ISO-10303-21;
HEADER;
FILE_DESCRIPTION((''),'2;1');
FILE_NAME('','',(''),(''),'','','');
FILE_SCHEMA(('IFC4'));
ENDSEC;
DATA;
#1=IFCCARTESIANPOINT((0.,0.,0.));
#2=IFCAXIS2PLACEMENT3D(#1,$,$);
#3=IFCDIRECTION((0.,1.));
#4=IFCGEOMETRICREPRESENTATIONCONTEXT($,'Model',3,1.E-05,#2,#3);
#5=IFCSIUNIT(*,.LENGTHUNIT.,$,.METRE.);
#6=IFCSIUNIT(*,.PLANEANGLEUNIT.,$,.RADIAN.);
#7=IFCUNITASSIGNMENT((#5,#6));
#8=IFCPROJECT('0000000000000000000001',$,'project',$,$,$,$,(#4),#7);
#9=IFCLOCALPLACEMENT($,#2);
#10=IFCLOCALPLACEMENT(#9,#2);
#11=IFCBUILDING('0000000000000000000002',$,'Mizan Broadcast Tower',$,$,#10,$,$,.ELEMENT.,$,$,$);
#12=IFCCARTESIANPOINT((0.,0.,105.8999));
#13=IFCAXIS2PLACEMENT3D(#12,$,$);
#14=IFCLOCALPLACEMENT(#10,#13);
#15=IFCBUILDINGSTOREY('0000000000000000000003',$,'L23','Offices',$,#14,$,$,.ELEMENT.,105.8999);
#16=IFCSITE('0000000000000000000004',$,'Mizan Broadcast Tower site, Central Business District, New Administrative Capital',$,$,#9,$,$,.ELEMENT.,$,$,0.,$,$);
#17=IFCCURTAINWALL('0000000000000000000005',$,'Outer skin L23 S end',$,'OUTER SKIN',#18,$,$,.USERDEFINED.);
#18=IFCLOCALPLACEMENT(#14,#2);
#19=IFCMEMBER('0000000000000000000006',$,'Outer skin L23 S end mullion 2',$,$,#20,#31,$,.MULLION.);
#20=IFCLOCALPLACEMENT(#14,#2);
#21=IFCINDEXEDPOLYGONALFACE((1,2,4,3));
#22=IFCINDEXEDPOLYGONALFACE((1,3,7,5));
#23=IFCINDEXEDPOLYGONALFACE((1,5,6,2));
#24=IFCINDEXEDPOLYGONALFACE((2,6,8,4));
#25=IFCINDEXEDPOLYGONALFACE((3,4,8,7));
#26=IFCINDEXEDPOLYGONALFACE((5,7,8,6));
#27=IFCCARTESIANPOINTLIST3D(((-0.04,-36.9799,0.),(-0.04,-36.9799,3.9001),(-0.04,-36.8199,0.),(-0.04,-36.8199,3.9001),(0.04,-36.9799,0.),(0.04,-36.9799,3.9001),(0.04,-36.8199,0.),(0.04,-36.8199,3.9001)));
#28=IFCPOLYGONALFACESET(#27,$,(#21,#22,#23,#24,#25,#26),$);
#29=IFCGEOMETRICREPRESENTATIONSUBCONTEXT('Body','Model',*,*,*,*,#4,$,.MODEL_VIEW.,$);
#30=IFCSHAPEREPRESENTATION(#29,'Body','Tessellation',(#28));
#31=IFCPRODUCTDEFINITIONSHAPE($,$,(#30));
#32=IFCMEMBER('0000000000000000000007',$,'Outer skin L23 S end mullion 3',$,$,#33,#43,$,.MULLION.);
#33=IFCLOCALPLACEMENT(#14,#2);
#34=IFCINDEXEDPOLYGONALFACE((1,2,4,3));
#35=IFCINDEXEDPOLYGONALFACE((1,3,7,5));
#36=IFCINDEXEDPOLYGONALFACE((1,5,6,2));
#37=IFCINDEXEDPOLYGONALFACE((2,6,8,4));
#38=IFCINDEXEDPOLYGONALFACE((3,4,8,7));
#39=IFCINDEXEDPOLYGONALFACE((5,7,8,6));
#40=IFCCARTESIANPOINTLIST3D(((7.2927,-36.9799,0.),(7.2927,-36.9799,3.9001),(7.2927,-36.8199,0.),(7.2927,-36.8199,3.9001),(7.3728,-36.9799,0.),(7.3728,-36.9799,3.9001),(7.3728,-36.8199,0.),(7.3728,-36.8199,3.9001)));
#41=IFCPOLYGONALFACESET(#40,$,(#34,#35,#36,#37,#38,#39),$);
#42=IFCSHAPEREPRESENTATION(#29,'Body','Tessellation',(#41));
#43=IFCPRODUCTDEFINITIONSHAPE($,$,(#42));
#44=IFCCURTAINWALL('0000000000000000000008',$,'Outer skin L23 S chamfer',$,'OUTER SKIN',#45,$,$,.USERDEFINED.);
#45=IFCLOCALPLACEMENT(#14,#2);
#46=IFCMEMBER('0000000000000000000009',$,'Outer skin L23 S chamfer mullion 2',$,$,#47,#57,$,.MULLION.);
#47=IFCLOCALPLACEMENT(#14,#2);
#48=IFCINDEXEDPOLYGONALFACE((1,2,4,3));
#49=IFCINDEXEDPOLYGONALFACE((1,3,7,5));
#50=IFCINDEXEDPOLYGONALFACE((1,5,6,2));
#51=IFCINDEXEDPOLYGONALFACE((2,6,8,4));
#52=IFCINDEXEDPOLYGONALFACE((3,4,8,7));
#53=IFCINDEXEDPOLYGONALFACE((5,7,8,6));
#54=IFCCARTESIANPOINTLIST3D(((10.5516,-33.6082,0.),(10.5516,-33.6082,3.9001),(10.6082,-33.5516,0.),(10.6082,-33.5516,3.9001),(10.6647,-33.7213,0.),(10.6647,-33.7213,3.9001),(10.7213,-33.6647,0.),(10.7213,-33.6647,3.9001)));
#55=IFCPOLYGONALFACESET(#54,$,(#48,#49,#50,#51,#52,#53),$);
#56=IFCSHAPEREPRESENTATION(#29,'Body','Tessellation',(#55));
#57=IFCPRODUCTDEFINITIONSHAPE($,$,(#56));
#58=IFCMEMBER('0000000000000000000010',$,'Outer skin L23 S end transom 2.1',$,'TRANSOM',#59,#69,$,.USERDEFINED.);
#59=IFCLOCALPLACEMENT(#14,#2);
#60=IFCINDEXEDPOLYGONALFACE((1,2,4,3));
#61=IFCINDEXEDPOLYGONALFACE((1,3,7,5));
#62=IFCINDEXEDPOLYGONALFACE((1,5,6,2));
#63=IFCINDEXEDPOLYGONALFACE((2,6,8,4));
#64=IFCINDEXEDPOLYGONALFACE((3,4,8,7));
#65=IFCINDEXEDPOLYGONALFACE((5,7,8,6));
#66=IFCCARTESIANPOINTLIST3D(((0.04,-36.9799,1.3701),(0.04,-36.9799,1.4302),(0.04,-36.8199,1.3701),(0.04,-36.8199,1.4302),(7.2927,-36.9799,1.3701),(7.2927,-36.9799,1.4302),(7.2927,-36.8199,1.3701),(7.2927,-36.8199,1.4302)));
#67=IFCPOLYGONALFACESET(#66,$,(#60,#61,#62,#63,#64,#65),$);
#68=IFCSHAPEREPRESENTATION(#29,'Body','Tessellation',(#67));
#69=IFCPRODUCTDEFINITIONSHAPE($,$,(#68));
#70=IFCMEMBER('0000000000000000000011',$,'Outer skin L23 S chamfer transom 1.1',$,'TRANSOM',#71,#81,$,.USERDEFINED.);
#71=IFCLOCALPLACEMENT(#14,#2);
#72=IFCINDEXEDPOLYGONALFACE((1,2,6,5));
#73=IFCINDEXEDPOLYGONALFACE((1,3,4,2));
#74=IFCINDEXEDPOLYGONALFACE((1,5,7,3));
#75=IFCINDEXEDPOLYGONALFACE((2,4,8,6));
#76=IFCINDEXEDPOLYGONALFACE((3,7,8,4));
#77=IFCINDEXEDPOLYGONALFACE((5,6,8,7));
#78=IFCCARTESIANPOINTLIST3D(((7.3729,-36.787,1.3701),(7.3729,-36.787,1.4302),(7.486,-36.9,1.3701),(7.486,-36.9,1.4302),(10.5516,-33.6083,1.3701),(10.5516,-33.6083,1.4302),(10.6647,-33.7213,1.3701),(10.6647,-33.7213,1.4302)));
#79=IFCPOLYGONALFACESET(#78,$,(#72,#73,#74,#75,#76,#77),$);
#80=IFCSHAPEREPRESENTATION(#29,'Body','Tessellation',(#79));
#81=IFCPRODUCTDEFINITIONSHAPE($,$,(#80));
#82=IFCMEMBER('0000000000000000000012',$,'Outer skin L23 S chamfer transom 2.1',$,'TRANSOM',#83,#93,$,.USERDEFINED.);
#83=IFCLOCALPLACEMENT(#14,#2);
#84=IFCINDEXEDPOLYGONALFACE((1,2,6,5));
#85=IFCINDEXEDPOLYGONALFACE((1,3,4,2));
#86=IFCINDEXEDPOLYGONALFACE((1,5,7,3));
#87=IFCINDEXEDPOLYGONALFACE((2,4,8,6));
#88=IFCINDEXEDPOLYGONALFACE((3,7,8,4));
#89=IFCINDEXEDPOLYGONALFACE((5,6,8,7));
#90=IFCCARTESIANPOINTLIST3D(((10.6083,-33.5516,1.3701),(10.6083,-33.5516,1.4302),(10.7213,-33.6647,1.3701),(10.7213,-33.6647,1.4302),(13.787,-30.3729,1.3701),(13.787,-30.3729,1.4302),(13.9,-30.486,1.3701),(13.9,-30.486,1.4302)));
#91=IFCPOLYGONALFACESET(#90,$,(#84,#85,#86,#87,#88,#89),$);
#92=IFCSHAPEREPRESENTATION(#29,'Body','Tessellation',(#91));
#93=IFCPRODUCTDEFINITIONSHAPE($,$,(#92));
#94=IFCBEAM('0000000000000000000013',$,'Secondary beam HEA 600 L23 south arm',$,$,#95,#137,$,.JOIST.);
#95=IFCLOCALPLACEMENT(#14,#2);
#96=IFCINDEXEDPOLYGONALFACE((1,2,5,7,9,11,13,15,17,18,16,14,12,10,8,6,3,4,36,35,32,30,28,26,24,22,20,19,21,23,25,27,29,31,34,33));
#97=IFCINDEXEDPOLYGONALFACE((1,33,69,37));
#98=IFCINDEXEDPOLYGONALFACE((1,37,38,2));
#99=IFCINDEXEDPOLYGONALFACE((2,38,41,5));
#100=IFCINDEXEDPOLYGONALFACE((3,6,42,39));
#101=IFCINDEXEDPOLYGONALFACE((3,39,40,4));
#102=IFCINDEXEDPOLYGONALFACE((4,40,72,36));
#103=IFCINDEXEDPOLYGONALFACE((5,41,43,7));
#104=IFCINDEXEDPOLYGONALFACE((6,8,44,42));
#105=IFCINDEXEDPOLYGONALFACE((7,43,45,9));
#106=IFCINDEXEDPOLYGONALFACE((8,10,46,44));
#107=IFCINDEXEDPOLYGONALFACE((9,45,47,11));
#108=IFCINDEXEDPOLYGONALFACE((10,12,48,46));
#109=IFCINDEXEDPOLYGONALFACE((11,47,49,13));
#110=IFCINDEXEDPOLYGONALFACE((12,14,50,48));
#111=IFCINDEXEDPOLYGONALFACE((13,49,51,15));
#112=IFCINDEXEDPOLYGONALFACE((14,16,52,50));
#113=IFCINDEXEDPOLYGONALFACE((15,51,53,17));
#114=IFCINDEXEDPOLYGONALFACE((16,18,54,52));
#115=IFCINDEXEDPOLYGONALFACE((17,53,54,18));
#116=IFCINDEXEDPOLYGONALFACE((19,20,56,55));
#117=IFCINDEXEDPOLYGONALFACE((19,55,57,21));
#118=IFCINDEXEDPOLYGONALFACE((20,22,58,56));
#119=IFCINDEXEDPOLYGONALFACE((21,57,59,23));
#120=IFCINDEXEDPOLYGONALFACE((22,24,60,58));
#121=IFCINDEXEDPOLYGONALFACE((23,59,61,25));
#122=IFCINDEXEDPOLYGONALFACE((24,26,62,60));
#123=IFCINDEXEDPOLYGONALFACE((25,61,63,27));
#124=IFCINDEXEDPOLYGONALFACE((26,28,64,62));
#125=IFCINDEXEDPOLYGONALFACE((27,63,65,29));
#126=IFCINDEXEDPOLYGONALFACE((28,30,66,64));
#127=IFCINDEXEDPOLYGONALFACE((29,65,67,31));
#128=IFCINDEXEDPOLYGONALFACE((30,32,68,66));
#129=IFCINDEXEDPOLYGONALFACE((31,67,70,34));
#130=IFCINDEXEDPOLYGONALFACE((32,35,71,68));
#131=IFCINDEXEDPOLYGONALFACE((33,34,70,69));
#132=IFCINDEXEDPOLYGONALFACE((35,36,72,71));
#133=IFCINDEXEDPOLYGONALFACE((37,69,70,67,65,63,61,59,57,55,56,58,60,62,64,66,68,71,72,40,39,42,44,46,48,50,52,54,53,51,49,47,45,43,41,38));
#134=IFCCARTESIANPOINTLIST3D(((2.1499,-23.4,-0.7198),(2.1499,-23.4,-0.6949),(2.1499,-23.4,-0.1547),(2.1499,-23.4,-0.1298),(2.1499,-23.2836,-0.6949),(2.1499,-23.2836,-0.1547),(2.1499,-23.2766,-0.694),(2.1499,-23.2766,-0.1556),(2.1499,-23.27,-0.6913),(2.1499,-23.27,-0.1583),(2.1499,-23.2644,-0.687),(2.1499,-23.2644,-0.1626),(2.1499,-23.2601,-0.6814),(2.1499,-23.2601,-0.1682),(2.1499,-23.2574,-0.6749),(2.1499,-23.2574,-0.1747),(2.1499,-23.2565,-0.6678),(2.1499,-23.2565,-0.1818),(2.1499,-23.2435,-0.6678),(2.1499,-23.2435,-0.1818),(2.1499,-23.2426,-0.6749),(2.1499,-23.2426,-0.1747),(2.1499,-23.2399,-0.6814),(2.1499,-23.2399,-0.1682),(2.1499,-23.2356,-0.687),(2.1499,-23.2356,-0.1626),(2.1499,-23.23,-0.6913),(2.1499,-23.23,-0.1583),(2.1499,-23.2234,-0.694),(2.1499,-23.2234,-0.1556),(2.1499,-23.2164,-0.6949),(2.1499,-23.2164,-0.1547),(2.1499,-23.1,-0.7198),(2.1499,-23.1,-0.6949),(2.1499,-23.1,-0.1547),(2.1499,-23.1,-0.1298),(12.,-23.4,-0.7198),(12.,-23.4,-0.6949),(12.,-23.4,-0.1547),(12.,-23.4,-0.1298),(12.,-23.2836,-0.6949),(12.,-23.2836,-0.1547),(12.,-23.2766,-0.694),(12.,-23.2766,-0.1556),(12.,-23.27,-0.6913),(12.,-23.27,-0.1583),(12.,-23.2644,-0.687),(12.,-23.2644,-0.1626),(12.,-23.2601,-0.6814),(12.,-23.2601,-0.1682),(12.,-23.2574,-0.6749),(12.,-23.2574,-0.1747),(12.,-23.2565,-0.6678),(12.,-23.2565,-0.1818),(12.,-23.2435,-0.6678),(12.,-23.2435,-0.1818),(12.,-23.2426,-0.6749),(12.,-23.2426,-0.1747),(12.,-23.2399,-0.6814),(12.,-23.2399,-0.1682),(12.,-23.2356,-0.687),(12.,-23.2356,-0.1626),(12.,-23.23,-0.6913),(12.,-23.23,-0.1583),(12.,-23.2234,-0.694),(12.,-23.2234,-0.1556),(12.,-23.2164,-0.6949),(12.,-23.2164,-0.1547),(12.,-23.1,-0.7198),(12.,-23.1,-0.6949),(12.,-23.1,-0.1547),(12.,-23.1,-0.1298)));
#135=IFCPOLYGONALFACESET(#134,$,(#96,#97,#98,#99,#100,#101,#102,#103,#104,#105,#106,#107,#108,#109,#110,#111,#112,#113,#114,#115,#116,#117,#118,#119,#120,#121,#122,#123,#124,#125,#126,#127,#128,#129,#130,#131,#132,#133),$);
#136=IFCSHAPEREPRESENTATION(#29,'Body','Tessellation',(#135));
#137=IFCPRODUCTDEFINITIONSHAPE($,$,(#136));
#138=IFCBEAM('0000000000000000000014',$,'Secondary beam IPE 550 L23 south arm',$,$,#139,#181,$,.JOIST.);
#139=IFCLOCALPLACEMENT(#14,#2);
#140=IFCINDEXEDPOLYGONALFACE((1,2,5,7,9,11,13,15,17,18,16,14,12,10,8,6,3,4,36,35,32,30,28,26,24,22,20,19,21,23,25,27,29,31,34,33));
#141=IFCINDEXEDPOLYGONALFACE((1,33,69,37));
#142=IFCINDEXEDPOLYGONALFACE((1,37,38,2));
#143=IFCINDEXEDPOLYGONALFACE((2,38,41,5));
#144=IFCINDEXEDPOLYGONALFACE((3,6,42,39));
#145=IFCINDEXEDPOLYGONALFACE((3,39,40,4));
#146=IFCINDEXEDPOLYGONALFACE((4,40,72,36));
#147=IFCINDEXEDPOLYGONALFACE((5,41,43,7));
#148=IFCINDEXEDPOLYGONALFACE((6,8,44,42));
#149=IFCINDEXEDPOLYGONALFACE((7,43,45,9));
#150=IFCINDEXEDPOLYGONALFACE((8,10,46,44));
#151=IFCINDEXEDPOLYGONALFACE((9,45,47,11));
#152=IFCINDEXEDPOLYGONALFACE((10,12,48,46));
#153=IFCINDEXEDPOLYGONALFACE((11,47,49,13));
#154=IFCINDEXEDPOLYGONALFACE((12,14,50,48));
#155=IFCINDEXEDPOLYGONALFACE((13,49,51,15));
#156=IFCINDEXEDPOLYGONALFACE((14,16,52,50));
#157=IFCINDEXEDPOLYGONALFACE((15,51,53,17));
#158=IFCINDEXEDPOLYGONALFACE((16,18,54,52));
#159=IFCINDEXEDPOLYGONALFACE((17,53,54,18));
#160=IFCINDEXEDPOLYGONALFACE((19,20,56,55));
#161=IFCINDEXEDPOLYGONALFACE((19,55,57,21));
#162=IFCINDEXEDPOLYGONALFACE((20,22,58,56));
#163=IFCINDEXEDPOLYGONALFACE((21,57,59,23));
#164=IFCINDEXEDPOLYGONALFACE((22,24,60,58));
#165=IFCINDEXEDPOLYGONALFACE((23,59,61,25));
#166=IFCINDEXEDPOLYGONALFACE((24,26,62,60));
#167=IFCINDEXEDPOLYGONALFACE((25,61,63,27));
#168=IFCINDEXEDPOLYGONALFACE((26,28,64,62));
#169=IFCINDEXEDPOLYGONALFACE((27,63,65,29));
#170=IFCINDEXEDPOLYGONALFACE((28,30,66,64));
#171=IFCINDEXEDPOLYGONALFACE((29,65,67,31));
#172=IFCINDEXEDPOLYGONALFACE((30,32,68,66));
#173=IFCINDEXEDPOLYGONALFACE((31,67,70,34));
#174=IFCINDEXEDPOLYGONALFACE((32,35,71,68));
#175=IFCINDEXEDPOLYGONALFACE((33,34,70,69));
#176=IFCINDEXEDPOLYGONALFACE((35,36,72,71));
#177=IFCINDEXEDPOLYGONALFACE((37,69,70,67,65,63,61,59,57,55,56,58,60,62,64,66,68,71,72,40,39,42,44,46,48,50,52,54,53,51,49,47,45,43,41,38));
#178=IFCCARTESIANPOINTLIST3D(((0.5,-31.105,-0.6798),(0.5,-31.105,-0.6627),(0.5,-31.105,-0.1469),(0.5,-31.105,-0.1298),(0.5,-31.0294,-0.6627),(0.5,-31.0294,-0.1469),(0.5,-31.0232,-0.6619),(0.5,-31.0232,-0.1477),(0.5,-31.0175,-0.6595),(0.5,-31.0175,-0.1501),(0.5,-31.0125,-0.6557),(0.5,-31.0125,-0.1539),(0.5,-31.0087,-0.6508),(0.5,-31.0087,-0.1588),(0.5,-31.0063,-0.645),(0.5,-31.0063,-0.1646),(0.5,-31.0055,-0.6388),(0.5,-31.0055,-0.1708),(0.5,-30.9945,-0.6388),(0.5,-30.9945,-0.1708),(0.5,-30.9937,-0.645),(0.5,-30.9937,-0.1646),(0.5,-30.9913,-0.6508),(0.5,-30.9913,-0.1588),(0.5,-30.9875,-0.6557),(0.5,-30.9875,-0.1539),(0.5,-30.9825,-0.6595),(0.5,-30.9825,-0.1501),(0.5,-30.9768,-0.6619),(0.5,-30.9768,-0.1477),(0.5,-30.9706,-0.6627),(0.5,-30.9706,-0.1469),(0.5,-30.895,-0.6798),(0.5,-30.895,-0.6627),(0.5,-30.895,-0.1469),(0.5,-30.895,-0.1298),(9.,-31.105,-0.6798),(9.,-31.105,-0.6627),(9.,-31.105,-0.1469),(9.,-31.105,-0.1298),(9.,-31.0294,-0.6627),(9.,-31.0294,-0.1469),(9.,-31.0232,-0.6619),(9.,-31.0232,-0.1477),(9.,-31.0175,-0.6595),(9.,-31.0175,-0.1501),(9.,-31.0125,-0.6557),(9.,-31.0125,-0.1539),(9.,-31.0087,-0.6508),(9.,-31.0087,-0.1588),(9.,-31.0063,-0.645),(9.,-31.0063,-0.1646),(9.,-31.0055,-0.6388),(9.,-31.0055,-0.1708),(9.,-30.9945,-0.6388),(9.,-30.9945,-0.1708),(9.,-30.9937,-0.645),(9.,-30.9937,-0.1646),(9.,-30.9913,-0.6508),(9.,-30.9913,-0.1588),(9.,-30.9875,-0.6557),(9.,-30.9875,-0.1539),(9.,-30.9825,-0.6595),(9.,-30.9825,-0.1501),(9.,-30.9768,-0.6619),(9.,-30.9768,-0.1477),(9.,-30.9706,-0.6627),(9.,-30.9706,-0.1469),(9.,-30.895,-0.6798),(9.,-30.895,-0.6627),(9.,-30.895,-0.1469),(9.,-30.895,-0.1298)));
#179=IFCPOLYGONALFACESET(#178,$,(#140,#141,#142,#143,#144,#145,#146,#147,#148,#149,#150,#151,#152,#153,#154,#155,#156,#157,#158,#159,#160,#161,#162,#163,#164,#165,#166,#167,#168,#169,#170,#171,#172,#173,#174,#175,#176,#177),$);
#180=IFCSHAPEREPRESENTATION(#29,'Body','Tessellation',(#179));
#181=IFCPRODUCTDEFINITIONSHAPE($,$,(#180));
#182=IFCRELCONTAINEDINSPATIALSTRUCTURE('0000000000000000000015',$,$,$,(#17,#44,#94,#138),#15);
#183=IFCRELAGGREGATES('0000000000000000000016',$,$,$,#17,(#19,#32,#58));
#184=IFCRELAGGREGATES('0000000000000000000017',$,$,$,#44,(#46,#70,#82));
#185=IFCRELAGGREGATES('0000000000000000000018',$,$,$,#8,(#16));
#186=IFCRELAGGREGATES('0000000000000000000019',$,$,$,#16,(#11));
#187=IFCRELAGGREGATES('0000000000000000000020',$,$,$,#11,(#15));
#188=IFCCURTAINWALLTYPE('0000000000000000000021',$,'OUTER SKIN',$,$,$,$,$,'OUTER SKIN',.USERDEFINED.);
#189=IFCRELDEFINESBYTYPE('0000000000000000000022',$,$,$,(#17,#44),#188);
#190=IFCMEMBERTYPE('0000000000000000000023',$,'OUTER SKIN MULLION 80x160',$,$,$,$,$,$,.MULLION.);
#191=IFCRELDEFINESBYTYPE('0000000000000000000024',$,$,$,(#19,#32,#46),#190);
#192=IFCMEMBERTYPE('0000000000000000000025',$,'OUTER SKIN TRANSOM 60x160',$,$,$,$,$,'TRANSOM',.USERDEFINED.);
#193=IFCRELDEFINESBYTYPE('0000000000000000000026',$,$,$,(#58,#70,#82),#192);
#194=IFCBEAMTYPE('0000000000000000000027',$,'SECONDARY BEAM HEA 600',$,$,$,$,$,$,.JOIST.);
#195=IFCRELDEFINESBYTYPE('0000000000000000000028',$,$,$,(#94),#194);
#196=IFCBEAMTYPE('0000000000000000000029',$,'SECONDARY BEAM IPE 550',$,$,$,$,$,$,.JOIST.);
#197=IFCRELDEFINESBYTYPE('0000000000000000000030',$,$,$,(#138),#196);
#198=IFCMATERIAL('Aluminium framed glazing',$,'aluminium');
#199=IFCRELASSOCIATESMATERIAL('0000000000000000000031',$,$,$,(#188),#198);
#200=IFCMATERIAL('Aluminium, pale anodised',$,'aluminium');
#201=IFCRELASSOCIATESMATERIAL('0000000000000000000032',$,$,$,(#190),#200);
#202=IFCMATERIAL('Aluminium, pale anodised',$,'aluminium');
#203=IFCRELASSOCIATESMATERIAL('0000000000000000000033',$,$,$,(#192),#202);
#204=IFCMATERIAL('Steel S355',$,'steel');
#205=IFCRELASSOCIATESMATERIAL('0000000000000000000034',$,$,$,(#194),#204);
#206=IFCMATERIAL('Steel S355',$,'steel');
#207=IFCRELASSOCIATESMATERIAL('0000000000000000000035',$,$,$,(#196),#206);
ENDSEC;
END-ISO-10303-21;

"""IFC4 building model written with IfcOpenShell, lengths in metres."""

from ifc_helpers import new_model, si_unit, direction, frame, origin, origin_2d, place, context, subcontext, project, spatial, rectangle, i_section, extrude, material, material_profile, profile_set, type_object, element, aggregate, save


model = new_model("IFC4")

# Units and contexts
model_context = context("Model", 3, precision=1e-05, world=origin(), true_north=direction((0.0, 1.0)))
body_context = subcontext(model_context, "Body", "Model", "MODEL_VIEW")
ifc_project = project(units=[si_unit("LENGTHUNIT", "METRE"), si_unit("PLANEANGLEUNIT", "RADIAN")], contexts=[model_context])

# Site, building, storey
site_placement = place(None, origin())
site = spatial("IfcSite", under=ifc_project, at=site_placement, Name="Mizan Broadcast Tower site, Central Business District, New Administrative Capital", CompositionType="ELEMENT", RefElevation=0.0)
building_placement = place(site_placement, origin())
building = spatial("IfcBuilding", under=site, at=building_placement, Name="Mizan Broadcast Tower", CompositionType="ELEMENT")
storey_placement = place(building_placement, frame((0.0, 0.0, 105.8999)))
storey = spatial("IfcBuildingStorey", under=building, at=storey_placement, Name="L23", Description="Offices", CompositionType="ELEMENT", Elevation=105.8999)

# Curtain wall, members
ifc_material_1 = material(Name="Aluminium framed glazing", Category="aluminium")
curtain_wall_type_1 = type_object("IfcCurtainWallType", Name="OUTER SKIN", ElementType="OUTER SKIN", PredefinedType="USERDEFINED", material=ifc_material_1)
curtain_wall_1_placement = place(storey_placement, origin())
curtain_wall_1 = element("IfcCurtainWall", 1, at=curtain_wall_1_placement, inside=storey, type_object=curtain_wall_type_1, Name="Outer skin L23 S end", ObjectType="OUTER SKIN", PredefinedType="USERDEFINED")
ifc_material_2 = material(Name="Aluminium, pale anodised", Category="aluminium")
ifc_material_profile_1 = material_profile(ifc_material_2, rectangle(XDim=0.1599, YDim=0.0801, at=origin_2d()), Name="MULLION 160x80")
ifc_profile_set_1 = profile_set([ifc_material_profile_1], Name="Aluminium, pale anodised")
member_type_1 = type_object("IfcMemberType", Name="OUTER SKIN MULLION 80x160", PredefinedType="MULLION", material=ifc_profile_set_1)
member_1_placement = place(storey_placement, frame((0.0, -36.8999, 0.0), z_axis=(0.0, 0.0, 1.0), x_axis=(0.0, 1.0, 0.0)))
member_1 = element("IfcMember", 2, at=member_1_placement, type_object=member_type_1, Name="Outer skin L23 S end mullion 2", PredefinedType="MULLION", context=body_context, shape_type="SweptSolid", body=[
    extrude(rectangle(XDim=0.1599, YDim=0.0801, at=origin_2d()), origin(), (0.0, 0.0, 1.0), 3.9001),
])
member_2_placement = place(storey_placement, frame((7.3328, -36.8999, 0.0), z_axis=(0.0, 0.0, 1.0), x_axis=(0.0, 1.0, 0.0)))
member_2 = element("IfcMember", 3, at=member_2_placement, type_object=member_type_1, Name="Outer skin L23 S end mullion 3", PredefinedType="MULLION", context=body_context, shape_type="SweptSolid", body=[
    extrude(rectangle(XDim=0.1599, YDim=0.0801, at=origin_2d()), origin(), (0.0, 0.0, 1.0), 3.9001),
])

# Curtain wall, member
curtain_wall_2_placement = place(storey_placement, origin())
curtain_wall_2 = element("IfcCurtainWall", 4, at=curtain_wall_2_placement, inside=storey, type_object=curtain_wall_type_1, Name="Outer skin L23 S chamfer", ObjectType="OUTER SKIN", PredefinedType="USERDEFINED")
member_3_placement = place(storey_placement, frame((10.6365, -33.6365, 0.0), z_axis=(0.0, 0.0, 1.0), x_axis=(-0.707107, 0.707107, 0.0)))
member_3 = element("IfcMember", 5, at=member_3_placement, type_object=member_type_1, Name="Outer skin L23 S chamfer mullion 2", PredefinedType="MULLION", context=body_context, shape_type="SweptSolid", body=[
    extrude(rectangle(XDim=0.1599, YDim=0.0801, at=origin_2d()), origin(), (0.0, 0.0, 1.0), 3.9001),
])

# Members
ifc_material_3 = material(Name="Aluminium, pale anodised", Category="aluminium")
ifc_material_profile_2 = material_profile(ifc_material_3, rectangle(XDim=0.1599, YDim=0.0601, at=origin_2d()), Name="TRANSOM 160x60")
ifc_profile_set_2 = profile_set([ifc_material_profile_2], Name="Aluminium, pale anodised")
member_type_2 = type_object("IfcMemberType", Name="OUTER SKIN TRANSOM 60x160", ElementType="TRANSOM", PredefinedType="USERDEFINED", material=ifc_profile_set_2)
member_4_placement = place(storey_placement, frame((0.04, -36.8999, 1.4001), z_axis=(1.0, 0.0, 0.0), x_axis=(0.0, 1.0, 0.0)))
member_4 = element("IfcMember", 6, at=member_4_placement, type_object=member_type_2, Name="Outer skin L23 S end transom 2.1", ObjectType="TRANSOM", PredefinedType="USERDEFINED", context=body_context, shape_type="SweptSolid", body=[
    extrude(rectangle(XDim=0.1599, YDim=0.0601, at=origin_2d()), origin(), (0.0, 0.0, 1.0), 7.2527),
])
member_5_placement = place(storey_placement, frame((7.4294, -36.8435, 1.4001), z_axis=(0.707107, 0.707107, 0.0), x_axis=(-0.707107, 0.707107, 0.0)))
member_5 = element("IfcMember", 7, at=member_5_placement, type_object=member_type_2, Name="Outer skin L23 S chamfer transom 1.1", ObjectType="TRANSOM", PredefinedType="USERDEFINED", context=body_context, shape_type="SweptSolid", body=[
    extrude(rectangle(XDim=0.1599, YDim=0.0601, at=origin_2d()), origin(), (0.0, 0.0, 1.0), 4.4954),
])
member_6_placement = place(storey_placement, frame((10.6648, -33.6082, 1.4001), z_axis=(0.707107, 0.707107, 0.0), x_axis=(-0.707107, 0.707107, 0.0)))
member_6 = element("IfcMember", 8, at=member_6_placement, type_object=member_type_2, Name="Outer skin L23 S chamfer transom 2.1", ObjectType="TRANSOM", PredefinedType="USERDEFINED", context=body_context, shape_type="SweptSolid", body=[
    extrude(rectangle(XDim=0.1599, YDim=0.0601, at=origin_2d()), origin(), (0.0, 0.0, 1.0), 4.4954),
])

# Beams
ifc_material_4 = material(Name="Steel S355", Category="steel")
ifc_material_profile_3 = material_profile(ifc_material_4, i_section(OverallWidth=0.3, OverallDepth=0.5901, WebThickness=0.0129, FlangeThickness=0.0249, FilletRadius=0.0271, at=origin_2d()), Name="HEA 600")
ifc_profile_set_3 = profile_set([ifc_material_profile_3], Name="Steel S355")
beam_type_1 = type_object("IfcBeamType", Name="SECONDARY BEAM HEA 600", PredefinedType="JOIST", material=ifc_profile_set_3)
beam_1_placement = place(storey_placement, frame((12.0, -23.25, -0.4248), z_axis=(-1.0, 0.0, 0.0), x_axis=(0.0, -1.0, 0.0)))
element("IfcBeam", 9, at=beam_1_placement, inside=storey, type_object=beam_type_1, Name="Secondary beam HEA 600 L23 south arm", PredefinedType="JOIST", context=body_context, shape_type="SweptSolid", body=[
    extrude(i_section(OverallWidth=0.3, OverallDepth=0.5901, WebThickness=0.0129, FlangeThickness=0.0249, FilletRadius=0.0271, at=origin_2d()), origin(), (0.0, 0.0, 1.0), 9.8501),
])
ifc_material_5 = material(Name="Steel S355", Category="steel")
ifc_material_profile_4 = material_profile(ifc_material_5, i_section(OverallWidth=0.21, OverallDepth=0.55, WebThickness=0.011, FlangeThickness=0.0171, FilletRadius=0.0239, at=origin_2d()), Name="IPE 550")
ifc_profile_set_4 = profile_set([ifc_material_profile_4], Name="Steel S355")
beam_type_2 = type_object("IfcBeamType", Name="SECONDARY BEAM IPE 550", PredefinedType="JOIST", material=ifc_profile_set_4)
beam_2_placement = place(storey_placement, frame((9.0, -31.0, -0.4048), z_axis=(-1.0, 0.0, 0.0), x_axis=(0.0, -1.0, 0.0)))
element("IfcBeam", 10, at=beam_2_placement, inside=storey, type_object=beam_type_2, Name="Secondary beam IPE 550 L23 south arm", PredefinedType="JOIST", context=body_context, shape_type="SweptSolid", body=[
    extrude(i_section(OverallWidth=0.21, OverallDepth=0.55, WebThickness=0.011, FlangeThickness=0.0171, FilletRadius=0.0239, at=origin_2d()), origin(), (0.0, 0.0, 1.0), 8.5),
])

aggregate(curtain_wall_1, [member_1, member_2, member_4])
aggregate(curtain_wall_2, [member_3, member_5, member_6])

save(model, "model.ifc")
